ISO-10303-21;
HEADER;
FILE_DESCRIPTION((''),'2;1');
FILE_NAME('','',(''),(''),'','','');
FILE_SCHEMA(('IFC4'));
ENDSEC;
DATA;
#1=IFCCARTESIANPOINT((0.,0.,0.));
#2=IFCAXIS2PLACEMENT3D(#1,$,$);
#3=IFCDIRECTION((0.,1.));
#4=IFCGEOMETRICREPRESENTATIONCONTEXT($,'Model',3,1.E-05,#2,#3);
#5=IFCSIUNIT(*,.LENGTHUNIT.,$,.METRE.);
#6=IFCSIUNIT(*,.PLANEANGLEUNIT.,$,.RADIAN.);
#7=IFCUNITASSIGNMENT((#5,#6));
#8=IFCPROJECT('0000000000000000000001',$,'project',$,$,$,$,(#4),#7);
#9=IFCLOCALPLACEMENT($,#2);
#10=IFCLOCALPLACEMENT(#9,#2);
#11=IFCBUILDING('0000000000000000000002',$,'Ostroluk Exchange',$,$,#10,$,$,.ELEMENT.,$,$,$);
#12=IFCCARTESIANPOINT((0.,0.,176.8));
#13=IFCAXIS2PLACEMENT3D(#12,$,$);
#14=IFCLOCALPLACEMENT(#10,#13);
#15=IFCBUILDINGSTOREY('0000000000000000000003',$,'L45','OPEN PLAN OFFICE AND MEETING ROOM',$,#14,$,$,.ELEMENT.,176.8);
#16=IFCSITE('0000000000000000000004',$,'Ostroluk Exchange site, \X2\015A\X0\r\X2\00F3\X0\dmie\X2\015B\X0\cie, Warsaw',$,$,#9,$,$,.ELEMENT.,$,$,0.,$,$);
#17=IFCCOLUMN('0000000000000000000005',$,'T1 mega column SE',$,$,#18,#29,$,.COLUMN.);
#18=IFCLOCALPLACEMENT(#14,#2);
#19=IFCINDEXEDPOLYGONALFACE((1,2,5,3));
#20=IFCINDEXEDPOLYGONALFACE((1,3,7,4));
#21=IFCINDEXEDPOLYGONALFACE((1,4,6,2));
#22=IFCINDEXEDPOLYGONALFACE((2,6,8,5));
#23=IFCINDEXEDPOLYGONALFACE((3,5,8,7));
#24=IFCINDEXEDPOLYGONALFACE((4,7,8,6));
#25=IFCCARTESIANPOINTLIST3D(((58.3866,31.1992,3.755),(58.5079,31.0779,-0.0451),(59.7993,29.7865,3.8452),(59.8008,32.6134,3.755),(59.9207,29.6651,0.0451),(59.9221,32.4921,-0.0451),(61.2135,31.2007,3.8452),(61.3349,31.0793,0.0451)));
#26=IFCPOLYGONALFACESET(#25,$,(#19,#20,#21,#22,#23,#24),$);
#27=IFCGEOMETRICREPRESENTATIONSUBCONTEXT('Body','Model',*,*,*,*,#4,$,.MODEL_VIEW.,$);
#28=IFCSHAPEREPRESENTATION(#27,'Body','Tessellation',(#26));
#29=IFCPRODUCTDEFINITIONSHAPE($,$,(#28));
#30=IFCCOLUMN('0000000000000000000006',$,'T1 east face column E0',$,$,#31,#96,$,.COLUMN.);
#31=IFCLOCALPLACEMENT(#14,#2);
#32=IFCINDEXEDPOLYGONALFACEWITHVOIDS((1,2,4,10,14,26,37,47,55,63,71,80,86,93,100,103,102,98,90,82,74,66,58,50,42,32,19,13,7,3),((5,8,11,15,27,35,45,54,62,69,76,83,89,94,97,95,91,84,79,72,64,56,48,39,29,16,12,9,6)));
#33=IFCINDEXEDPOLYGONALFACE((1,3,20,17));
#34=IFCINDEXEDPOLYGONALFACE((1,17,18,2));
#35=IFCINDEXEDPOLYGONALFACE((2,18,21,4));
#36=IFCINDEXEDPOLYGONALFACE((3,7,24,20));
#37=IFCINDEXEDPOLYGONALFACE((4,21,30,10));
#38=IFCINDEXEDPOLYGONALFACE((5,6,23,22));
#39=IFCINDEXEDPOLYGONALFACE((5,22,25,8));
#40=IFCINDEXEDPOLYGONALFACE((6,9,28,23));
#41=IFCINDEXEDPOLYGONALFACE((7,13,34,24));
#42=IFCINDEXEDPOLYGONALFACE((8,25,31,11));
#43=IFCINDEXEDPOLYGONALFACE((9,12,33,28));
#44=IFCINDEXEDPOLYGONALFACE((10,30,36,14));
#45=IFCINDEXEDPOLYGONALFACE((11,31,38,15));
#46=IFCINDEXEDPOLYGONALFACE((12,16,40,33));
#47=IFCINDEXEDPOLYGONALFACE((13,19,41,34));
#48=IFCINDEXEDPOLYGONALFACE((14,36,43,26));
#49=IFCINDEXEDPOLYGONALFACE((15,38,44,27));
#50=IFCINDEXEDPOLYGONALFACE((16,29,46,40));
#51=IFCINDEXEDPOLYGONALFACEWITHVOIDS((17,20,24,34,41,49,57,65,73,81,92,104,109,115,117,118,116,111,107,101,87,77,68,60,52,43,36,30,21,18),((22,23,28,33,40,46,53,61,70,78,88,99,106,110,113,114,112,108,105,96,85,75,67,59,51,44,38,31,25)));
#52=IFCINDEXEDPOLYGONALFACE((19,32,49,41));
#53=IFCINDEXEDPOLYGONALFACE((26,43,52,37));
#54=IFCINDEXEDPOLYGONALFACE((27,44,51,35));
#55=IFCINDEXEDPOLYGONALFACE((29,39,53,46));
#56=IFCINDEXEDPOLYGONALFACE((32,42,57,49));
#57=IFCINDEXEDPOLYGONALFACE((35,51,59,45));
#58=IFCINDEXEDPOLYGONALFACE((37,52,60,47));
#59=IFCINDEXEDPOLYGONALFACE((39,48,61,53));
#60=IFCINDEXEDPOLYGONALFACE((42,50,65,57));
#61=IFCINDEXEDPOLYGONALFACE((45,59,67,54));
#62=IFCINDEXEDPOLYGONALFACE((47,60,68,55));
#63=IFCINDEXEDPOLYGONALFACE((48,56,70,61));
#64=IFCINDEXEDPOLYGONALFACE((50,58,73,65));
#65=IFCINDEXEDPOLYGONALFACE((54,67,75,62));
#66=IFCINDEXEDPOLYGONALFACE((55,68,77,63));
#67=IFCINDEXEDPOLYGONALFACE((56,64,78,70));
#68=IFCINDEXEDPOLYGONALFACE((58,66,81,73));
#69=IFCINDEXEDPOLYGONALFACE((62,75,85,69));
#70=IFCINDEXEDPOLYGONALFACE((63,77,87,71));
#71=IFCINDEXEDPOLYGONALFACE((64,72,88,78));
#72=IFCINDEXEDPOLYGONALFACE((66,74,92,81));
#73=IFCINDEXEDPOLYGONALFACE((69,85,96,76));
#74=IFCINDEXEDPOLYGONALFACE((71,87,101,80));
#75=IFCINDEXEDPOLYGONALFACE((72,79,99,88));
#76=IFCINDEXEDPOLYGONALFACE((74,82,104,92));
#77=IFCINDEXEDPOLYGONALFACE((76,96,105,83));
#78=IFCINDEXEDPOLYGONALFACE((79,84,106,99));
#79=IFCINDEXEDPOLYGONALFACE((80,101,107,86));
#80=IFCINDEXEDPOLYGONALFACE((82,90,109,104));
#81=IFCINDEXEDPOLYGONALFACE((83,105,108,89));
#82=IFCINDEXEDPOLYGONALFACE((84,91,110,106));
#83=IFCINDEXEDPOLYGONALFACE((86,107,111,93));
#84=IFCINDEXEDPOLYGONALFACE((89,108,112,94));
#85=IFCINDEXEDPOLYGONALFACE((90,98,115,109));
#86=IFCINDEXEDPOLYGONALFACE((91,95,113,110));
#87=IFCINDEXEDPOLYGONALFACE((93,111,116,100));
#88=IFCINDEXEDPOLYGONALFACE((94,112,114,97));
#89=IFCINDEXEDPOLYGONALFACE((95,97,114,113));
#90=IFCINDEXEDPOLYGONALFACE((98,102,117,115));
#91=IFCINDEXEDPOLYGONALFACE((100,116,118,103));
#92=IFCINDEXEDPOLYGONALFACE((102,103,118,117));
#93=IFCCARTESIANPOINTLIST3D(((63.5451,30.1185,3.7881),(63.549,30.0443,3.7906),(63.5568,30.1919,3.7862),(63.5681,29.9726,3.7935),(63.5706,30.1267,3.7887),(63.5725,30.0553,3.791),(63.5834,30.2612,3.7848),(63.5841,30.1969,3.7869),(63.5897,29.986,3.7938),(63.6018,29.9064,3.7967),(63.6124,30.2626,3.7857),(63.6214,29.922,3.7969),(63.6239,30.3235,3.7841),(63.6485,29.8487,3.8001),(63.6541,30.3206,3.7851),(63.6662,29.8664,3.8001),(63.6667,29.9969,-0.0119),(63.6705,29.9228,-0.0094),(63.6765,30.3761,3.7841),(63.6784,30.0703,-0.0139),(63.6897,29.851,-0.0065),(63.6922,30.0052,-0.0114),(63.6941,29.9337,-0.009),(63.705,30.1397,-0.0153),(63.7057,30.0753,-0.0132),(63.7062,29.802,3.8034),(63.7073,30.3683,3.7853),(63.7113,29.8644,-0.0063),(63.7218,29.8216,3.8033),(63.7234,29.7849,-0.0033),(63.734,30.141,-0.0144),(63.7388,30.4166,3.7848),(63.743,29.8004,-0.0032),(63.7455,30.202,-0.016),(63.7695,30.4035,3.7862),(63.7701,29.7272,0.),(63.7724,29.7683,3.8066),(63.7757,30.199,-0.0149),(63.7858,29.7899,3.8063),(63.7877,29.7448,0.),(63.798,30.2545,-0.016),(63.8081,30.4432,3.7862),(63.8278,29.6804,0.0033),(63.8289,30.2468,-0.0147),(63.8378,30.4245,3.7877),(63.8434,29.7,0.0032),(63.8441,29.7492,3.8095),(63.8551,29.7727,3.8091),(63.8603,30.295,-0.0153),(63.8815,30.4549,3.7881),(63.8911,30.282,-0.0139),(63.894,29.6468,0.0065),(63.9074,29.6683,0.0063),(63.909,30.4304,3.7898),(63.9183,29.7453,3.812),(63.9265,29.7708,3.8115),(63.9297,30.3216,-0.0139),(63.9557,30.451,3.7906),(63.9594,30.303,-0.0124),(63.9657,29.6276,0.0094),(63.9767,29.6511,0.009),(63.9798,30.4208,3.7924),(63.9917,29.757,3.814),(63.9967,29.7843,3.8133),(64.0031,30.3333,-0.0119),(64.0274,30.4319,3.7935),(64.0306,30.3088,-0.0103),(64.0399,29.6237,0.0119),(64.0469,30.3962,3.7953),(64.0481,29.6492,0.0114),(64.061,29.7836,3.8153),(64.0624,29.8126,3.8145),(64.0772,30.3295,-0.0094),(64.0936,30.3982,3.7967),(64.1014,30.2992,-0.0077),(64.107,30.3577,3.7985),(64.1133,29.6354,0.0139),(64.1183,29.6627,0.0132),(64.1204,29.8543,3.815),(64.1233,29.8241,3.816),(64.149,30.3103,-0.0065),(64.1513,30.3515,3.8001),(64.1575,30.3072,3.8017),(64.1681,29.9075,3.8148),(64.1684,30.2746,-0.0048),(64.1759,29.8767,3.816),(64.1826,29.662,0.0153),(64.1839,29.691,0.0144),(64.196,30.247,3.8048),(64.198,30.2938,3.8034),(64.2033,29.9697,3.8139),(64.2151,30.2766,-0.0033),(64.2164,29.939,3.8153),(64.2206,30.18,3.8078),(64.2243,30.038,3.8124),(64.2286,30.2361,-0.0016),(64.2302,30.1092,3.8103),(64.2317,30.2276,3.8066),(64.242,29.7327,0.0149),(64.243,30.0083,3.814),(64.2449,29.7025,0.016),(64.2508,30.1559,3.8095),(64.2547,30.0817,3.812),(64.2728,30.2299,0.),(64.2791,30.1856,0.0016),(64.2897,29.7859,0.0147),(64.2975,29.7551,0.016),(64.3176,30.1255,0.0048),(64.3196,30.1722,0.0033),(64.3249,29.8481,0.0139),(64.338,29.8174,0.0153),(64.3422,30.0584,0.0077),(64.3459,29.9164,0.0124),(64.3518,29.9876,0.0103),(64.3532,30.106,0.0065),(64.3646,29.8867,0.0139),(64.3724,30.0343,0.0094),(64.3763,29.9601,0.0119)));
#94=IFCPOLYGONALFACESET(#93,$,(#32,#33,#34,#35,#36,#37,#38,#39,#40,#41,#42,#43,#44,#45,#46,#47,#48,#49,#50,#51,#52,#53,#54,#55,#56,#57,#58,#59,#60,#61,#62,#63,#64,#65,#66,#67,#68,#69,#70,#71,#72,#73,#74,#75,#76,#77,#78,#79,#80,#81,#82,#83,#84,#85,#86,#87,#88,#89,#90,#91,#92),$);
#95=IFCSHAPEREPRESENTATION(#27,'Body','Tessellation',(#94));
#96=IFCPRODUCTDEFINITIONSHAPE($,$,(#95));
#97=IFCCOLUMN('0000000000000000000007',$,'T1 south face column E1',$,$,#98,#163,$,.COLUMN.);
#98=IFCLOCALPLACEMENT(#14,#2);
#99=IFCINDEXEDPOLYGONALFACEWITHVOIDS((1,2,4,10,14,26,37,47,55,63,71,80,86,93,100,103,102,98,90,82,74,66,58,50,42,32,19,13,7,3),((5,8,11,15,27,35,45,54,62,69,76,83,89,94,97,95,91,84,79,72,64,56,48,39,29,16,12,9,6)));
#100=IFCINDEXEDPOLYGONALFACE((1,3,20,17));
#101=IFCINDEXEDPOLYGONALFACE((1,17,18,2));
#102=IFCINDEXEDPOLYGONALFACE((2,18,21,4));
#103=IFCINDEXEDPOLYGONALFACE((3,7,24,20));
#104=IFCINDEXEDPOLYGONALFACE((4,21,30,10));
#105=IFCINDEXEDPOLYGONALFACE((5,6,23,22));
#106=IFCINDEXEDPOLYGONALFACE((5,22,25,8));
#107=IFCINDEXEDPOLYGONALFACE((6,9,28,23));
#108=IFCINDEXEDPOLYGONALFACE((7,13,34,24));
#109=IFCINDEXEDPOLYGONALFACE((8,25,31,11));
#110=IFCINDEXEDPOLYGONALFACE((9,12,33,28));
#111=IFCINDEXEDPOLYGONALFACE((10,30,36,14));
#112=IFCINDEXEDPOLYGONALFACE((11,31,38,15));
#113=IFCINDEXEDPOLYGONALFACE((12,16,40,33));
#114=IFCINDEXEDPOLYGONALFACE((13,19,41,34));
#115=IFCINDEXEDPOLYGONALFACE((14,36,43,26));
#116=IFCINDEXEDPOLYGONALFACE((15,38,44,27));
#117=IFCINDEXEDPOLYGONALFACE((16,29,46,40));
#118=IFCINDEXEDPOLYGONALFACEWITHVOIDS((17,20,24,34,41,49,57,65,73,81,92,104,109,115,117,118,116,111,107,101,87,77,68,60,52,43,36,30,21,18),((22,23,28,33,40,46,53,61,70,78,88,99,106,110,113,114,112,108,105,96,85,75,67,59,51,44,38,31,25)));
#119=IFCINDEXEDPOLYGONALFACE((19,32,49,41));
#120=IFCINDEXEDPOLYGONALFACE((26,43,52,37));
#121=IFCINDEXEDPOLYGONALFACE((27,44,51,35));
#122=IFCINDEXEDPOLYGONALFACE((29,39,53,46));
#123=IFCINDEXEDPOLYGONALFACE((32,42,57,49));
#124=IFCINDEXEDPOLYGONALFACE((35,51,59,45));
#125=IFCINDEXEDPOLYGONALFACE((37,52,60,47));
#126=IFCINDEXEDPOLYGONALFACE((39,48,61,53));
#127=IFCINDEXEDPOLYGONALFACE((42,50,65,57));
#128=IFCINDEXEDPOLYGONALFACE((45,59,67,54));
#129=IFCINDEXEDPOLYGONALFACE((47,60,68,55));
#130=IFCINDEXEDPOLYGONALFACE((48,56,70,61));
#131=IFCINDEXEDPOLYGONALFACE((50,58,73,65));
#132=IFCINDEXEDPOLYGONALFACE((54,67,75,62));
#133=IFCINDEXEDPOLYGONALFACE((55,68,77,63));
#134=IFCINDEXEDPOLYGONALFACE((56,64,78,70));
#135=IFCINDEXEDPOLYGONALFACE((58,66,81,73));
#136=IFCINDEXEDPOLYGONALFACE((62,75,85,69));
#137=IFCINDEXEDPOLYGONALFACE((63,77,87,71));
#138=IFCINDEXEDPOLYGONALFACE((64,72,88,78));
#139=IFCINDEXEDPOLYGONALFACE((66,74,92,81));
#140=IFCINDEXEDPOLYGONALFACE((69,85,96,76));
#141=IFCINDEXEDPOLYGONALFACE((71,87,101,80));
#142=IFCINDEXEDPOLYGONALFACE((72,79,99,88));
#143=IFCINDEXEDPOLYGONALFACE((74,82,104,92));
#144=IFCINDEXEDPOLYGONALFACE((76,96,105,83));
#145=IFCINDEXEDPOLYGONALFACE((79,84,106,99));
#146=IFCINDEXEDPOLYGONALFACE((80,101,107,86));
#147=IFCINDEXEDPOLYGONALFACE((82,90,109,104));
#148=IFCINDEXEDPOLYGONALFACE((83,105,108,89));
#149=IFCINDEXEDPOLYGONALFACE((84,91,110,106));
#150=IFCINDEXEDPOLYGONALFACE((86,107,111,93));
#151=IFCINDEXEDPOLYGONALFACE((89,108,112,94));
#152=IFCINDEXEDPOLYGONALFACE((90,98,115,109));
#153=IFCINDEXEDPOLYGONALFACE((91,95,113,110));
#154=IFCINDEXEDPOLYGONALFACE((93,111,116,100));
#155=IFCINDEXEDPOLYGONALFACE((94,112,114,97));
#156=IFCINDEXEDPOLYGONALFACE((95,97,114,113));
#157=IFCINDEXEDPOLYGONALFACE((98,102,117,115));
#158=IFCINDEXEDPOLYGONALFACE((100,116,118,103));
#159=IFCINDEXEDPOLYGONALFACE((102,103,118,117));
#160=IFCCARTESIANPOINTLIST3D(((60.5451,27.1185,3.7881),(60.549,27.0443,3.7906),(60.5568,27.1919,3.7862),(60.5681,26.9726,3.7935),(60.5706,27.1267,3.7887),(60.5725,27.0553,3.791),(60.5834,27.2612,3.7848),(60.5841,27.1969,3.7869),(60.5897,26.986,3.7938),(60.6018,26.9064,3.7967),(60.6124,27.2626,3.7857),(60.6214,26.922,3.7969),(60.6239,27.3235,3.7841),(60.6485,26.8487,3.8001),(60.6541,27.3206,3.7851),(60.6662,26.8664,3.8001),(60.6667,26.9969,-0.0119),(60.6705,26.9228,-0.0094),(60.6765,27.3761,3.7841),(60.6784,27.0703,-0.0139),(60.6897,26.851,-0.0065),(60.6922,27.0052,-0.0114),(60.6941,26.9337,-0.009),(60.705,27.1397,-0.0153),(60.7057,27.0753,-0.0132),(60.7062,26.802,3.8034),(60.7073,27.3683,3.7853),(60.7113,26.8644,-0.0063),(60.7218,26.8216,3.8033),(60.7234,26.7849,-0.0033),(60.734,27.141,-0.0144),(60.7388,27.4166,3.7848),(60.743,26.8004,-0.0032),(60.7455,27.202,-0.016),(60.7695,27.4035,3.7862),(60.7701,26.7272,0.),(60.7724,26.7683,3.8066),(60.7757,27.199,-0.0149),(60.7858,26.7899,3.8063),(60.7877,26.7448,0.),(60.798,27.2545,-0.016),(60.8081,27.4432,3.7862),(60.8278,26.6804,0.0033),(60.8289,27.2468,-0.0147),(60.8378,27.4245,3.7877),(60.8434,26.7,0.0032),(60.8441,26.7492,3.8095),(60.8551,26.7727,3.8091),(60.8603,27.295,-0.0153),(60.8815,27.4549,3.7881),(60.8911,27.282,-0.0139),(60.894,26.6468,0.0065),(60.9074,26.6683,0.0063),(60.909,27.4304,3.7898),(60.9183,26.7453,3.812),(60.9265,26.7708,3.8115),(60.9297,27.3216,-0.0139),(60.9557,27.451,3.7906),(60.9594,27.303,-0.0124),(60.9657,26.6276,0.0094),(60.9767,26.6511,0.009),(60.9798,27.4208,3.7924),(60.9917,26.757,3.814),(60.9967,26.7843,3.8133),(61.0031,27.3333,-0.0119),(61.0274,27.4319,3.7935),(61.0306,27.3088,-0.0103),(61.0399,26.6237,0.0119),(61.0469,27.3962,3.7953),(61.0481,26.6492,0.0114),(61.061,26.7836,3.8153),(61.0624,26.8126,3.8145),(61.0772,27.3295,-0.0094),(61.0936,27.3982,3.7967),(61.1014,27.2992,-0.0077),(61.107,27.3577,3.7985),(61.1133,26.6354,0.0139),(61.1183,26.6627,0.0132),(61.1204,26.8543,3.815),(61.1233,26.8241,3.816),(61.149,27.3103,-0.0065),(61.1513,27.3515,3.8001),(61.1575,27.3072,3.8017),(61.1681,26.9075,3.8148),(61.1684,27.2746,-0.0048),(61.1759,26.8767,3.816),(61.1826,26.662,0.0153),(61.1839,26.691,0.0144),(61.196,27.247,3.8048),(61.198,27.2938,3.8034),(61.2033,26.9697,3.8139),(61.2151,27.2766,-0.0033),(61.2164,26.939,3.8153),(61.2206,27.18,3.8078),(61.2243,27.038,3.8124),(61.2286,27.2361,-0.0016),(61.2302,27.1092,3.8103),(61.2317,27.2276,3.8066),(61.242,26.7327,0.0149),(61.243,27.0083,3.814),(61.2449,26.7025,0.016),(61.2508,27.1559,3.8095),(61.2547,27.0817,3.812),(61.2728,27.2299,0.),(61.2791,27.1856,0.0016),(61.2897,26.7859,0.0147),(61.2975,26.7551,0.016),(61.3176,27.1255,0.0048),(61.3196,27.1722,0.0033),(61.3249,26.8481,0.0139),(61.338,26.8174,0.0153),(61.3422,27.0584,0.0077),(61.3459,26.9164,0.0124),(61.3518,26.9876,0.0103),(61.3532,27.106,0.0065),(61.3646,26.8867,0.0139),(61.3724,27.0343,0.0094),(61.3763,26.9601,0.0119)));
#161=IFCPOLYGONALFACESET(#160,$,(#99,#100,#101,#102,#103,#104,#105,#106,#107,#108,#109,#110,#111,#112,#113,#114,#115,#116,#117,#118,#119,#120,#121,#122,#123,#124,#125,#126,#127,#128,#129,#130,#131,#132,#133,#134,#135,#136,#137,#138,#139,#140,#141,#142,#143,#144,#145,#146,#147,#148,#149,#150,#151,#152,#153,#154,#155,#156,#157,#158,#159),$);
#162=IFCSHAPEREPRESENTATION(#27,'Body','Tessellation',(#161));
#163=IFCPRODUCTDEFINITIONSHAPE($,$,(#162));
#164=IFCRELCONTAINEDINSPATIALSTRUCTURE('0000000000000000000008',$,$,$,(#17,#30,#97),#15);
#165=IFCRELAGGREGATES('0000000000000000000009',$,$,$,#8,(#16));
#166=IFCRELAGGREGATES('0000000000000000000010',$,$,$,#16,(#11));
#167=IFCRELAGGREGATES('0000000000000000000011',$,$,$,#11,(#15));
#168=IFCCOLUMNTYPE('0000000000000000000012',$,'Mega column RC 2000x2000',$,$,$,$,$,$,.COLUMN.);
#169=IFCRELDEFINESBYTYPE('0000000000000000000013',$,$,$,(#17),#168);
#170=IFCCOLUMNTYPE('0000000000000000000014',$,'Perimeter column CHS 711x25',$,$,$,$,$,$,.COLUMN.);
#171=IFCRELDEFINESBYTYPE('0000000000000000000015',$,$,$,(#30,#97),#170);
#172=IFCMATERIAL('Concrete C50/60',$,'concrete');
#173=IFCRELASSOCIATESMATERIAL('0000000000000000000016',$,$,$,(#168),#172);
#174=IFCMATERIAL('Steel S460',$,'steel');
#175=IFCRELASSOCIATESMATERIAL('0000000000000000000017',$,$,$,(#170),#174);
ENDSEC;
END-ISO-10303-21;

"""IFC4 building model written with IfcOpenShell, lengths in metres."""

from ifc_helpers import new_model, si_unit, direction, frame, origin, origin_2d, place, context, subcontext, project, spatial, rectangle, hollow_circle, extrude, material, material_profile, profile_set, type_object, element, save


model = new_model("IFC4")

# Units and contexts
model_context = context("Model", 3, precision=1e-05, world=origin(), true_north=direction((0.0, 1.0)))
body_context = subcontext(model_context, "Body", "Model", "MODEL_VIEW")
ifc_project = project(units=[si_unit("LENGTHUNIT", "METRE"), si_unit("PLANEANGLEUNIT", "RADIAN")], contexts=[model_context])

# Site, building, storey
site_placement = place(None, origin())
site = spatial("IfcSite", under=ifc_project, at=site_placement, Name="Ostroluk Exchange site, Śródmieście, Warsaw", CompositionType="ELEMENT", RefElevation=0.0)
building_placement = place(site_placement, origin())
building = spatial("IfcBuilding", under=site, at=building_placement, Name="Ostroluk Exchange", CompositionType="ELEMENT")
storey_placement = place(building_placement, frame((0.0, 0.0, 176.8)))
storey = spatial("IfcBuildingStorey", under=building, at=storey_placement, Name="L45", Description="OPEN PLAN OFFICE AND MEETING ROOM", CompositionType="ELEMENT", Elevation=176.8)

# Columns
ifc_material_1 = material(Name="Concrete C50/60", Category="concrete")
ifc_material_profile_1 = material_profile(ifc_material_1, rectangle(XDim=2.0, YDim=2.0, at=origin_2d()), Name="RC 2000x2000")
ifc_profile_set_1 = profile_set([ifc_material_profile_1], Name="Concrete C50/60")
column_type_1 = type_object("IfcColumnType", Name="Mega column RC 2000x2000", PredefinedType="COLUMN", material=ifc_profile_set_1)
column_placement = place(storey_placement, frame((59.9214, 31.0786, 0.0), z_axis=(-0.031898, 0.031898, 0.998982), x_axis=(-0.707107, -0.707107, 0.0)))
element("IfcColumn", 1, at=column_placement, inside=storey, type_object=column_type_1, Name="T1 mega column SE", PredefinedType="COLUMN", context=body_context, shape_type="SweptSolid", body=[
    extrude(rectangle(XDim=2.0, YDim=2.0, at=origin_2d()), origin(), (0.0, 0.0, 1.0), 3.804),
])
ifc_material_2 = material(Name="Steel S460", Category="steel")
ifc_material_profile_2 = material_profile(ifc_material_2, hollow_circle(Radius=0.3555, WallThickness=0.0249, at=origin_2d()), Name="CHS 711x25")
ifc_profile_set_2 = profile_set([ifc_material_profile_2], Name="Steel S460")
column_type_2 = type_object("IfcColumnType", Name="Perimeter column CHS 711x25", PredefinedType="COLUMN", material=ifc_profile_set_2)
for number, where, z_axis, x_axis, name in (
    (2, (64.0215, 29.9785, 0.0), (-0.031962, 0.031962, 0.998978), (-0.707107, -0.707107, 0.0), "T1 east face column E0"),
    (3, (61.0215, 26.9785, 0.0), (-0.031962, 0.031962, 0.998978), (-0.707107, -0.707107, 0.0), "T1 south face column E1"),
):
    element("IfcColumn", number, at=place(storey_placement, frame(where, z_axis=z_axis, x_axis=x_axis)), inside=storey, type_object=column_type_2, Name=name, PredefinedType="COLUMN", context=body_context, shape_type="SweptSolid", body=[
        extrude(hollow_circle(Radius=0.3555, WallThickness=0.0249, at=origin_2d()), origin(), (0.0, 0.0, 1.0), 3.804),
    ])

save(model, "model.ifc")
